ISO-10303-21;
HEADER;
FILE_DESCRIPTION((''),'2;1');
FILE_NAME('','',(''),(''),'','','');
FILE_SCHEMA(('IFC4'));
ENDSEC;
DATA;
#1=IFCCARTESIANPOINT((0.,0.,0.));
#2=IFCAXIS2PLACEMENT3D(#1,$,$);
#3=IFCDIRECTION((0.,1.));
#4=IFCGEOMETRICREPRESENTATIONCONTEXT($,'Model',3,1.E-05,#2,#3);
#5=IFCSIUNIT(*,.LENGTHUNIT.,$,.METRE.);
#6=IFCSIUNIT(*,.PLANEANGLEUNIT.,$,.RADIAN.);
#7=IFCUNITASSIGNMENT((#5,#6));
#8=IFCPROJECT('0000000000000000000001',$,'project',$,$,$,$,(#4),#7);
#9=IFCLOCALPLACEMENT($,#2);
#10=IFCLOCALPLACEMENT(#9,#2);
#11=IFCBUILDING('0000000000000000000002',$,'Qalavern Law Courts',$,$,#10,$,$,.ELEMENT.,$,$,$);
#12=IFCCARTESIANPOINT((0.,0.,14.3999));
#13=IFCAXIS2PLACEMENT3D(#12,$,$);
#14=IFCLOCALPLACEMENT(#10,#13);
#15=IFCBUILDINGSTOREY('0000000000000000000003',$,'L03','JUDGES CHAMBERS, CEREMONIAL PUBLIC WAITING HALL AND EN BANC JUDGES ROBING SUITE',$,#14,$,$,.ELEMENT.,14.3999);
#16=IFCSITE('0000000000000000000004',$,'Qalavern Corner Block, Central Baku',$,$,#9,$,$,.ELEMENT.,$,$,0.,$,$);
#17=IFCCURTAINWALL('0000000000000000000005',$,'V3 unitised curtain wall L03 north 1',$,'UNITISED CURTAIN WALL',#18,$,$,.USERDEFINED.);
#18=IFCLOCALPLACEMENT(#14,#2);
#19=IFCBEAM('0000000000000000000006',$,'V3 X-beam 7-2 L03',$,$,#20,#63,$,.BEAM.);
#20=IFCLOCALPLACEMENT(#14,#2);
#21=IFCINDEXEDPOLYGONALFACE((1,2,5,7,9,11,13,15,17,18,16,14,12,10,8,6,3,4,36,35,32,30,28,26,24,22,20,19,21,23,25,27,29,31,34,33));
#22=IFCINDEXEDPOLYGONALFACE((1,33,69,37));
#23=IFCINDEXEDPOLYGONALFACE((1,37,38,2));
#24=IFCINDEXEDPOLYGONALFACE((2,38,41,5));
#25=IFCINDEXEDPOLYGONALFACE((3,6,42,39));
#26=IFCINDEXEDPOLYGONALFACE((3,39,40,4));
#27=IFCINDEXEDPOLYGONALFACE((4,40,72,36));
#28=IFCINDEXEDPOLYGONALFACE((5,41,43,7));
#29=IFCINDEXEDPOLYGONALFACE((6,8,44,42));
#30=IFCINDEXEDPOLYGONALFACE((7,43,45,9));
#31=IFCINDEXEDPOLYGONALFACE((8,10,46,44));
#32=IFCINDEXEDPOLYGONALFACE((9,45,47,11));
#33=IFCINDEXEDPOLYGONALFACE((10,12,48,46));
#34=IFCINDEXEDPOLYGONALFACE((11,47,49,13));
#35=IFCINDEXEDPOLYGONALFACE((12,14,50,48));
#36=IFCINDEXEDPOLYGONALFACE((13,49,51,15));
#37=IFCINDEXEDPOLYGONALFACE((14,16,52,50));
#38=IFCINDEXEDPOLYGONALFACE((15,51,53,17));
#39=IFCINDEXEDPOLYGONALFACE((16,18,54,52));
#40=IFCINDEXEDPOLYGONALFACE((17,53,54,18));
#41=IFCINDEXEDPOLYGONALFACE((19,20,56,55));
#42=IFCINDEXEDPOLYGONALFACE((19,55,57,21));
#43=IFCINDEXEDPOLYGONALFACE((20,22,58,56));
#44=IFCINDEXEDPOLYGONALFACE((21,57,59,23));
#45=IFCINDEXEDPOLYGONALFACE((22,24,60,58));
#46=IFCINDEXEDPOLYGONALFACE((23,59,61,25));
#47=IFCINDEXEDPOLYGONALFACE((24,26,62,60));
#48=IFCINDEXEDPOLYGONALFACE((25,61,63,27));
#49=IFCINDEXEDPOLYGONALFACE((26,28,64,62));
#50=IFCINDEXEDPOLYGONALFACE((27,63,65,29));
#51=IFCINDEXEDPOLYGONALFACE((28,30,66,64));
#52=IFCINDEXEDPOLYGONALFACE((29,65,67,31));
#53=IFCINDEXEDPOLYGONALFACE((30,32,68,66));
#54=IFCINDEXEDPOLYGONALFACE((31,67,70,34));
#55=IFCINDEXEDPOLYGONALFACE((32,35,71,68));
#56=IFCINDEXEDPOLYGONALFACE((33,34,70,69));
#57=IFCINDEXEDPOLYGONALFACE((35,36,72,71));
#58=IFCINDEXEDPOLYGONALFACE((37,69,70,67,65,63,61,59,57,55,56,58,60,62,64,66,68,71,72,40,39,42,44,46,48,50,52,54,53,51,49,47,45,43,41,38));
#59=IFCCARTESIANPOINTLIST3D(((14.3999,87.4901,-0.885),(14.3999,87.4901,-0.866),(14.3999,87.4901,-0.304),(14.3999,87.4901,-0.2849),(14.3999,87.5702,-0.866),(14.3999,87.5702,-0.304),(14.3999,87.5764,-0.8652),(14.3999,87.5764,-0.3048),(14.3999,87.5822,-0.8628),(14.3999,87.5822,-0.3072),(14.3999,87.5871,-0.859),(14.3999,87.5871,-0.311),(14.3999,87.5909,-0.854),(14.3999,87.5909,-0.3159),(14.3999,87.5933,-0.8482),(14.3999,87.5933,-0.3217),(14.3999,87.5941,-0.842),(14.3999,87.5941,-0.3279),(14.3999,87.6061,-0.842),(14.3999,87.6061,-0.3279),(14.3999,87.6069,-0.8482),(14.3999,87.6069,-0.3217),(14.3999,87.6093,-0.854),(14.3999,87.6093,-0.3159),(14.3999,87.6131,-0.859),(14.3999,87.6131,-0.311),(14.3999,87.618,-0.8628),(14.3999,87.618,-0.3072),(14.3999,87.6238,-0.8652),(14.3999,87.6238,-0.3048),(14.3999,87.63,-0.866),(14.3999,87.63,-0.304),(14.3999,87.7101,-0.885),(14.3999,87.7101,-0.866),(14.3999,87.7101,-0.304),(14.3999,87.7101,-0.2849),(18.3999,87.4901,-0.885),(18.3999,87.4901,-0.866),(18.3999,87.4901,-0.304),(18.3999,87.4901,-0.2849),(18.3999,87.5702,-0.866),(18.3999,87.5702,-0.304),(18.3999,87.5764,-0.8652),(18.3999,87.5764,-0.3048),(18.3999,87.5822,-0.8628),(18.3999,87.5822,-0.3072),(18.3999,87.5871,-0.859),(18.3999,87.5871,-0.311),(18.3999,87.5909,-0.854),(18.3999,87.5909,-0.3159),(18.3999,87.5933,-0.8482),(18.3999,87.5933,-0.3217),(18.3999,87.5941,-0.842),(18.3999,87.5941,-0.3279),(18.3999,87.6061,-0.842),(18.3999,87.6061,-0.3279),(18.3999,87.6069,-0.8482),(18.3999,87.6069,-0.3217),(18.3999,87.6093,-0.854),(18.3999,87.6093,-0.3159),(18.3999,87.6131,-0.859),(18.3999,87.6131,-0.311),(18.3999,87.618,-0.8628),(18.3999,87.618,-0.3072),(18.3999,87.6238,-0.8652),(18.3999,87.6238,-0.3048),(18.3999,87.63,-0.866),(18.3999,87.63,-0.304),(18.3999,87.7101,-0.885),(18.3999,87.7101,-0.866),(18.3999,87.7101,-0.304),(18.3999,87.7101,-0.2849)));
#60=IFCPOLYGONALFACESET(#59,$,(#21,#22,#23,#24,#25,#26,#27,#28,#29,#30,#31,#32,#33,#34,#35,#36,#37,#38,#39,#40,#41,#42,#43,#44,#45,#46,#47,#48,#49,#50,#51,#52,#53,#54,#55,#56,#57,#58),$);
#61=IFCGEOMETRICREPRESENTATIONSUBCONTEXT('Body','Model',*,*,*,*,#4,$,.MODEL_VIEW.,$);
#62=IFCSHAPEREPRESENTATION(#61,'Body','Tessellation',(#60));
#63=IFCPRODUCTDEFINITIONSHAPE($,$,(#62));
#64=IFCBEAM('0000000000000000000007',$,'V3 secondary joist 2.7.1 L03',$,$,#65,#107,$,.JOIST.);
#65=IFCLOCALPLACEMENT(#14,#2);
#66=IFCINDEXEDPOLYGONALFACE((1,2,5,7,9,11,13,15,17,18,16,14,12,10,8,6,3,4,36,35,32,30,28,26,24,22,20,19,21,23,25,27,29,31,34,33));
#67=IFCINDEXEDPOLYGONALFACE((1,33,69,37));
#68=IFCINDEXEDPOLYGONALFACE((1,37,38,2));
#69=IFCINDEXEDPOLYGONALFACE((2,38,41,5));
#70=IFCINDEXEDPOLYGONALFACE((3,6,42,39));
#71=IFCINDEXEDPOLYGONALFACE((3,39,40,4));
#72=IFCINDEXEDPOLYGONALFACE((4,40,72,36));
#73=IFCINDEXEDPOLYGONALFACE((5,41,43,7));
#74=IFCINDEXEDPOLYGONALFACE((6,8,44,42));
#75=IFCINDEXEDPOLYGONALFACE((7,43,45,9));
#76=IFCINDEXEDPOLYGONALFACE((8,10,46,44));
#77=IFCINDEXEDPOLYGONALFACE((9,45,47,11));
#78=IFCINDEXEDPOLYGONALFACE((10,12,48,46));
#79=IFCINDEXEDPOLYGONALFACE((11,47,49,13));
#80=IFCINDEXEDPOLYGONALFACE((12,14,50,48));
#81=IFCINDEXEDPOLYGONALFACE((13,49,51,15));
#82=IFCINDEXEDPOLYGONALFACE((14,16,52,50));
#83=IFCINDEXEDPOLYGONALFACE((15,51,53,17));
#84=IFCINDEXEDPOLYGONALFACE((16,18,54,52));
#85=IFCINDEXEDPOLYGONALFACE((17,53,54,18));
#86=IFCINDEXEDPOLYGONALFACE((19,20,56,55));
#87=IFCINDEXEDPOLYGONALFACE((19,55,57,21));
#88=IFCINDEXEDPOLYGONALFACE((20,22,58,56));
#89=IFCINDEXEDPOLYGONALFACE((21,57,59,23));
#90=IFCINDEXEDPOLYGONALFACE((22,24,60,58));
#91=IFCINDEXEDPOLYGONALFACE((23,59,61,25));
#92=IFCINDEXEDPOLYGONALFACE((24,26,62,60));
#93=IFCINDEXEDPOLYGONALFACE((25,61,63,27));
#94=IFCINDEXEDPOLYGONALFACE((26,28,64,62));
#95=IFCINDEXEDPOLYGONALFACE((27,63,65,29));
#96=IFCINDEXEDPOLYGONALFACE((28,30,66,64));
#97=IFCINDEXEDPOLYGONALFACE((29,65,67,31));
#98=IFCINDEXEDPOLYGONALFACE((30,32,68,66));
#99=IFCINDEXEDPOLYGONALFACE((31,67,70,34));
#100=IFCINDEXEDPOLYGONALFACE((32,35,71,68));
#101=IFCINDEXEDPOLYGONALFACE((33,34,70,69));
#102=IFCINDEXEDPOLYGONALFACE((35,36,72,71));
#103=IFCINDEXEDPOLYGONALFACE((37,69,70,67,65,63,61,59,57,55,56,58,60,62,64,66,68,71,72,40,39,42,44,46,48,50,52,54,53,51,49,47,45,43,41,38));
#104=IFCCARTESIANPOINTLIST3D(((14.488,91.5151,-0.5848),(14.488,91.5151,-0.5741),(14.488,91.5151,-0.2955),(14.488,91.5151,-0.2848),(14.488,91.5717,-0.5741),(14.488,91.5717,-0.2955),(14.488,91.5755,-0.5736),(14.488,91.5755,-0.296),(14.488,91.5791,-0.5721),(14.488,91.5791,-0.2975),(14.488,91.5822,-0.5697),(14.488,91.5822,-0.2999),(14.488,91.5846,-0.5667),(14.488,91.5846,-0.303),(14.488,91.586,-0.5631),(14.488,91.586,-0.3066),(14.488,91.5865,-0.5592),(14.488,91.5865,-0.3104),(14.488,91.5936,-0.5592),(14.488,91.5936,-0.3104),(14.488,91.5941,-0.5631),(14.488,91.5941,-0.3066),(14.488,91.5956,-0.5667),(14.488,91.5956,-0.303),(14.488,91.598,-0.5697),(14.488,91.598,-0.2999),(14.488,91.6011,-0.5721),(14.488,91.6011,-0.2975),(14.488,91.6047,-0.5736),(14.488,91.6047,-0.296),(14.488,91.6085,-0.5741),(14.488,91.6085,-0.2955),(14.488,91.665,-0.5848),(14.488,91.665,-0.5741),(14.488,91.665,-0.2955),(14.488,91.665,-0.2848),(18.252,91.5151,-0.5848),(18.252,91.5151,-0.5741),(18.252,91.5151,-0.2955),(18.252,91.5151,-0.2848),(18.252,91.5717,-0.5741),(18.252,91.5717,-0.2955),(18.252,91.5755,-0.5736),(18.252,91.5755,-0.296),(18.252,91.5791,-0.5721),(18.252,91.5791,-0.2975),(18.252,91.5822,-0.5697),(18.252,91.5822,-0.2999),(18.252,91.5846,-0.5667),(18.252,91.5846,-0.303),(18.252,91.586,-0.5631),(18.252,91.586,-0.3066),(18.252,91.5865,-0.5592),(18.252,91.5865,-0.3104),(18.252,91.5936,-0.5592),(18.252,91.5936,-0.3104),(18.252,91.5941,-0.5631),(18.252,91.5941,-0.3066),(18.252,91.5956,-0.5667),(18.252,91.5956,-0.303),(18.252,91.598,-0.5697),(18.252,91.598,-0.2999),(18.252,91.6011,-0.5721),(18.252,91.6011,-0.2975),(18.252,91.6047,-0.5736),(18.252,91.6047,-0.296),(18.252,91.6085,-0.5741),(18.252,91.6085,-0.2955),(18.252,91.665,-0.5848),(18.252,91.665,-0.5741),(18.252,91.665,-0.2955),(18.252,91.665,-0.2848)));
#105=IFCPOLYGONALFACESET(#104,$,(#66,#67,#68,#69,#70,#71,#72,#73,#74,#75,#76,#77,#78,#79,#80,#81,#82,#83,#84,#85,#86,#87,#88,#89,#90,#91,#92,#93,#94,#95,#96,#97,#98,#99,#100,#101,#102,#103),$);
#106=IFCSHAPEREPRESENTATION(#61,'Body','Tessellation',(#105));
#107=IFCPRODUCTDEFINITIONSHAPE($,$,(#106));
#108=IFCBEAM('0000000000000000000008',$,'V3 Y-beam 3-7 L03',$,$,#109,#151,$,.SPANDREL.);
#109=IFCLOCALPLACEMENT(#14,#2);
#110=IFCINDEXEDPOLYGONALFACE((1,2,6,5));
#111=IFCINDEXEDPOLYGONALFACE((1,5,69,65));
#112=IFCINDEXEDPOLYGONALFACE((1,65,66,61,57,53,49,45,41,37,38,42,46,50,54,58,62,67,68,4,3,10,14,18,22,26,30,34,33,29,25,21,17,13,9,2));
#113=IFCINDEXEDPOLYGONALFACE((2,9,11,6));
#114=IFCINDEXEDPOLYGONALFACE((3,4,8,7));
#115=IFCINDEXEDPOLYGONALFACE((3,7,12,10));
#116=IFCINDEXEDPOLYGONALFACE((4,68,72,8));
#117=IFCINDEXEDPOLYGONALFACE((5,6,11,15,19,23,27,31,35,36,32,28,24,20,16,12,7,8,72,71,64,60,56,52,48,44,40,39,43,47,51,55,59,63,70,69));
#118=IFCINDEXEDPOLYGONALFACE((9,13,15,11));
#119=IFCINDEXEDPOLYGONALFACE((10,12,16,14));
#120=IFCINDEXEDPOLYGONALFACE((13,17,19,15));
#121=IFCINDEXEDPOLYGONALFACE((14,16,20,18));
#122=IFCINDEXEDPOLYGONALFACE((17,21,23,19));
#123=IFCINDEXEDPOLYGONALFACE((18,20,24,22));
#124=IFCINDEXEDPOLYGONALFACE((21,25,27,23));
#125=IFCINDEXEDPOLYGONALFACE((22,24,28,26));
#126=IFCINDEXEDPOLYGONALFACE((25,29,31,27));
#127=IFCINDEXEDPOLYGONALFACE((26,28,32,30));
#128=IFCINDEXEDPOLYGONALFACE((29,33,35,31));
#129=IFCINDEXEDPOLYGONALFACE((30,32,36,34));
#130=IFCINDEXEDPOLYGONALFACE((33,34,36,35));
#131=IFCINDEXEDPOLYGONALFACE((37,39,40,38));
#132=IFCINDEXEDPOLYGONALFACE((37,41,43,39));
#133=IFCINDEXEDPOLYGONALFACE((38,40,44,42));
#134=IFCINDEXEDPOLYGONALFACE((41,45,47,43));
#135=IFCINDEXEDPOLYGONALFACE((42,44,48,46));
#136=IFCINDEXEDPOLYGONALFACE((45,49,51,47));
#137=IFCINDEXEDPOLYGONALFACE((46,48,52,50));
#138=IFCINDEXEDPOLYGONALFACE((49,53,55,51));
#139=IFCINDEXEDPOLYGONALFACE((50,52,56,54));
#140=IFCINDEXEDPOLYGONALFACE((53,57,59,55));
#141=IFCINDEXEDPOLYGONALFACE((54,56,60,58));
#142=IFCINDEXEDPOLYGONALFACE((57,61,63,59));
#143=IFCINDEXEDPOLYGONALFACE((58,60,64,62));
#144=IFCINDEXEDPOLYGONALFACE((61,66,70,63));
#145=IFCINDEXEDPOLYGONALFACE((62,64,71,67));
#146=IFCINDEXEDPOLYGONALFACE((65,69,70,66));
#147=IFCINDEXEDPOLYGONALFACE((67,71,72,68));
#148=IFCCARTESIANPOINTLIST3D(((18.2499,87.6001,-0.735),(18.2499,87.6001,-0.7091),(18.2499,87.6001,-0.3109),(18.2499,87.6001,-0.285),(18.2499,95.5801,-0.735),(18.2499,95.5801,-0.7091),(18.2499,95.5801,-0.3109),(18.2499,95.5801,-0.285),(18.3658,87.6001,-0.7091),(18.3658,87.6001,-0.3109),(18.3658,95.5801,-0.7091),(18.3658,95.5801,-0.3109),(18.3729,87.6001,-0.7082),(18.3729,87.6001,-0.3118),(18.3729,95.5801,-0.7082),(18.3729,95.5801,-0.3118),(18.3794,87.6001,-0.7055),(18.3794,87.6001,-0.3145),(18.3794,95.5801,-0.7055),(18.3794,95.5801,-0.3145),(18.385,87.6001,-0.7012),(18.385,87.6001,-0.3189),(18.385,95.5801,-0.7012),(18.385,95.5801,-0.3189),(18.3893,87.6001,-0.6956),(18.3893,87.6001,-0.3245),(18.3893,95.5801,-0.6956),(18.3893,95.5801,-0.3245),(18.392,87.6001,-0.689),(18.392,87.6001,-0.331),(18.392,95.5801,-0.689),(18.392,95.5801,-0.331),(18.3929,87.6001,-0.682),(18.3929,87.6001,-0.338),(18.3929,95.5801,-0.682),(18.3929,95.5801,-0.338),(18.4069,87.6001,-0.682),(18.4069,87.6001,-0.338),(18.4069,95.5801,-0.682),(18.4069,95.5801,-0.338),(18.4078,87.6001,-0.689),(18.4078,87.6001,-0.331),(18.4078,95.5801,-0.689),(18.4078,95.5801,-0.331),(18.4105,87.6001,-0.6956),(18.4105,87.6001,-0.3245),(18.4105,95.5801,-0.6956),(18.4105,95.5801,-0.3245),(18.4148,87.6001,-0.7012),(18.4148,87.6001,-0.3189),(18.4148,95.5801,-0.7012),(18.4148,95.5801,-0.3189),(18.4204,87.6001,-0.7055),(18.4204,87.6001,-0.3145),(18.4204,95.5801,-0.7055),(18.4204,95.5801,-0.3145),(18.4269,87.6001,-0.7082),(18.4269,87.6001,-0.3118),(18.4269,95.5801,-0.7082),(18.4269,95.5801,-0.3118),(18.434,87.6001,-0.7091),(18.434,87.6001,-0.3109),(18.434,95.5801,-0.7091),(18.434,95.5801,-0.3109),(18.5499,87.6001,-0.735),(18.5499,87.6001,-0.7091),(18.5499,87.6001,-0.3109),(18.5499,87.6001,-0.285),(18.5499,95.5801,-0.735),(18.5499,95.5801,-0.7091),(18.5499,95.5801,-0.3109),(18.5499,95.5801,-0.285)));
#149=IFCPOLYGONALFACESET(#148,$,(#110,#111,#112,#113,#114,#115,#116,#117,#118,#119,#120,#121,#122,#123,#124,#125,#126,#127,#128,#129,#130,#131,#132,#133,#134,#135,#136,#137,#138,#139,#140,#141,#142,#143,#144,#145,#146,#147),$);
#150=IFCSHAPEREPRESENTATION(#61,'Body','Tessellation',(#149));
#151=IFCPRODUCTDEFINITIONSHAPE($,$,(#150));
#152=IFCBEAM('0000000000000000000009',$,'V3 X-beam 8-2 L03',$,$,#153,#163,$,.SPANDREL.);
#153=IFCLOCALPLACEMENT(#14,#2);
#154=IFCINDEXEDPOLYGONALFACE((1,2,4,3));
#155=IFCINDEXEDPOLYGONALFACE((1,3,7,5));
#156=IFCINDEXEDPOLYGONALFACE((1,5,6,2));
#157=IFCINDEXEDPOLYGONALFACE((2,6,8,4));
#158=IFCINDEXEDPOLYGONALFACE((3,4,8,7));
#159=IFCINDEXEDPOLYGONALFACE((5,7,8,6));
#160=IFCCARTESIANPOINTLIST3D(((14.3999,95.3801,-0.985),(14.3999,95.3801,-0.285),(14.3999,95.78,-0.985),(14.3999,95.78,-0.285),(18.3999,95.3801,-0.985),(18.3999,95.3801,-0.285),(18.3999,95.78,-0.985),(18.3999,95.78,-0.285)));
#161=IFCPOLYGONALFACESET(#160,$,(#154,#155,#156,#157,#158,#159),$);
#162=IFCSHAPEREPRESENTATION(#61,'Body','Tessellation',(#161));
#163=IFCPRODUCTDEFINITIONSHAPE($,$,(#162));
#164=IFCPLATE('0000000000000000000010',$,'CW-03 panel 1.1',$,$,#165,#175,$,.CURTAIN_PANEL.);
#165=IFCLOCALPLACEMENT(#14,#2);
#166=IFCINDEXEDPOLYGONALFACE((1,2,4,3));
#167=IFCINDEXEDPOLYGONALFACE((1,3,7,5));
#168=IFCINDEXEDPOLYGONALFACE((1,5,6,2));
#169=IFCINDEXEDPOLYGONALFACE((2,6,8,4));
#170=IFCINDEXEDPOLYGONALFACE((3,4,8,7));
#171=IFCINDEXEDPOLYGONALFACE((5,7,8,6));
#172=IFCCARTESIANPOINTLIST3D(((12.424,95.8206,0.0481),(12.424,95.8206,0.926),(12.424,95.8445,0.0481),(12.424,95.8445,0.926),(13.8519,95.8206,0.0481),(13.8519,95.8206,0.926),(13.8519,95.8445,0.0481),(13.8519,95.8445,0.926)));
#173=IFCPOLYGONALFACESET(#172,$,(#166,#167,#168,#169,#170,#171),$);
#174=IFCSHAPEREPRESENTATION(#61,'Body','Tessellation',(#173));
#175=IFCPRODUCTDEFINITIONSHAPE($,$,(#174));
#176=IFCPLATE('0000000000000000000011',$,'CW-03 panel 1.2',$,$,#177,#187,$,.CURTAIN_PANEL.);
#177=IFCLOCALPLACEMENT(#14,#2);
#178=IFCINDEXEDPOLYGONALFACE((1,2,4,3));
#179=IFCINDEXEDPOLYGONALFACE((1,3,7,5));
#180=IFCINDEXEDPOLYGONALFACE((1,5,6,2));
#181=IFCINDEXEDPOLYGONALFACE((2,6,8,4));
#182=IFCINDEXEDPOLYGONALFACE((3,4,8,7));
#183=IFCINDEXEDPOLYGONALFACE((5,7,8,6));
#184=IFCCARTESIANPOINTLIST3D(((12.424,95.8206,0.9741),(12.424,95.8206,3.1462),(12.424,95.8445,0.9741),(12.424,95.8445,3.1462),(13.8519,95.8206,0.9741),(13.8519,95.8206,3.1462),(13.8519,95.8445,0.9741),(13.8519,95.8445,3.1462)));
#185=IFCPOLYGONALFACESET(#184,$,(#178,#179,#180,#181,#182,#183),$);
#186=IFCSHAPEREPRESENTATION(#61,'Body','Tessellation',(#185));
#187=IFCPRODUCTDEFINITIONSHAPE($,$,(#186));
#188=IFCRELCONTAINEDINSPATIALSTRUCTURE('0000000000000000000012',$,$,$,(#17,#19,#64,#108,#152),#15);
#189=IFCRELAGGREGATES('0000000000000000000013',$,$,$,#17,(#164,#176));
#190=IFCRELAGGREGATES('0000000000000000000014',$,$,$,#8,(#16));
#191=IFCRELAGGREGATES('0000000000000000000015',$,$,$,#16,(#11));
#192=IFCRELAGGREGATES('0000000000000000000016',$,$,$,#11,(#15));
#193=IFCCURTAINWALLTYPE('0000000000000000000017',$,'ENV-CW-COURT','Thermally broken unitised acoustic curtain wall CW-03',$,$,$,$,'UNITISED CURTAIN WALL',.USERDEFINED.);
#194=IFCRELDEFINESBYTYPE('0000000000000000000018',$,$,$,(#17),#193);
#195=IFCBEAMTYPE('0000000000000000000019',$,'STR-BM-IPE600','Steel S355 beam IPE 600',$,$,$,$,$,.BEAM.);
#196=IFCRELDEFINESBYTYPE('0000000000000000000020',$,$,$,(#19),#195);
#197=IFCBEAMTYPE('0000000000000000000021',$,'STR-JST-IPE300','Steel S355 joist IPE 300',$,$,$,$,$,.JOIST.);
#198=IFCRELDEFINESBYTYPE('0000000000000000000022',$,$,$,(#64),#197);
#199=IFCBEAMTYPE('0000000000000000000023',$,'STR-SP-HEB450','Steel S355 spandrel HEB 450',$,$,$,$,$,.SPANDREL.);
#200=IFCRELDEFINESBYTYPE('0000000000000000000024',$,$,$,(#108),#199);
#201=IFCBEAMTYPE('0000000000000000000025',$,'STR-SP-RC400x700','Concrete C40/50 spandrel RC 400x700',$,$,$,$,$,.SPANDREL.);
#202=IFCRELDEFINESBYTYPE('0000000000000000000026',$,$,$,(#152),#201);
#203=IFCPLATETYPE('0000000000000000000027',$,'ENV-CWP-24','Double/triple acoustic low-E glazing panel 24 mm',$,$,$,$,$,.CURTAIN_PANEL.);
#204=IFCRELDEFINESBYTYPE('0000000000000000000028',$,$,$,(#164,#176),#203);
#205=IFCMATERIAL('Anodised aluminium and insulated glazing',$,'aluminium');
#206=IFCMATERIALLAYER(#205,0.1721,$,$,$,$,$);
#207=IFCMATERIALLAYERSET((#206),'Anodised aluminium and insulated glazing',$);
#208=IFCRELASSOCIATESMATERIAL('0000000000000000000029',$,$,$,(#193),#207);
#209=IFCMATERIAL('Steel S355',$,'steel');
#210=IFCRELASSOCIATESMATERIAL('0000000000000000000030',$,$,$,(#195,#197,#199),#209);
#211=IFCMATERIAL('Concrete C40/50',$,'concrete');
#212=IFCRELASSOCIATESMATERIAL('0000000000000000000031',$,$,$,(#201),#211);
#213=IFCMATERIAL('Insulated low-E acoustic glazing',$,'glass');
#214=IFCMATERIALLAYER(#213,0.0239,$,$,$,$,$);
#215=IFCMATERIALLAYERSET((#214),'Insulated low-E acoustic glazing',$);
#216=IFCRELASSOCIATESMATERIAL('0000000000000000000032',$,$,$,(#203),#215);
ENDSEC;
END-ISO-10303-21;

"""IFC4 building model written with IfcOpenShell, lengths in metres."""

from ifc_helpers import new_model, si_unit, direction, frame, origin, origin_2d, place, context, subcontext, project, spatial, rectangle, i_section, extrude, material, layer, layer_set, material_profile, profile_set, type_object, element, aggregate, save


model = new_model("IFC4")

# Units and contexts
model_context = context("Model", 3, precision=1e-05, world=origin(), true_north=direction((0.0, 1.0)))
body_context = subcontext(model_context, "Body", "Model", "MODEL_VIEW")
ifc_project = project(units=[si_unit("LENGTHUNIT", "METRE"), si_unit("PLANEANGLEUNIT", "RADIAN")], contexts=[model_context])

# Site, building, storey
site_placement = place(None, origin())
site = spatial("IfcSite", under=ifc_project, at=site_placement, Name="Qalavern Corner Block, Central Baku", CompositionType="ELEMENT", RefElevation=0.0)
building_placement = place(site_placement, origin())
building = spatial("IfcBuilding", under=site, at=building_placement, Name="Qalavern Law Courts", CompositionType="ELEMENT")
storey_placement = place(building_placement, frame((0.0, 0.0, 14.3999)))
storey = spatial("IfcBuildingStorey", under=building, at=storey_placement, Name="L03", Description="JUDGES CHAMBERS, CEREMONIAL PUBLIC WAITING HALL AND EN BANC JUDGES ROBING SUITE", CompositionType="ELEMENT", Elevation=14.3999)

# Shared definitions
ifc_material_1 = material(Name="Anodised aluminium and insulated glazing", Category="aluminium")
ifc_layer_1 = layer(ifc_material_1, 0.1721)
ifc_layer_set_1 = layer_set([ifc_layer_1], Name="Anodised aluminium and insulated glazing")
curtain_wall_type = type_object("IfcCurtainWallType", Name="ENV-CW-COURT", Description="Thermally broken unitised acoustic curtain wall CW-03", ElementType="UNITISED CURTAIN WALL", PredefinedType="USERDEFINED", material=ifc_layer_set_1)

# Curtain wall
curtain_wall_1_placement = place(storey_placement, origin())
curtain_wall_1 = element("IfcCurtainWall", 1, at=curtain_wall_1_placement, inside=storey, type_object=curtain_wall_type, Name="V3 unitised curtain wall L03 north 1", ObjectType="UNITISED CURTAIN WALL", PredefinedType="USERDEFINED")

# Beams
ifc_material_2 = material(Name="Steel S355", Category="steel")
ifc_material_profile_1 = material_profile(ifc_material_2, i_section(OverallWidth=0.22, OverallDepth=0.6001, WebThickness=0.012, FlangeThickness=0.019, FilletRadius=0.0239, at=origin_2d()), Name="IPE 600")
ifc_profile_set_1 = profile_set([ifc_material_profile_1], Name="Steel S355")
beam_type_1 = type_object("IfcBeamType", Name="STR-BM-IPE600", Description="Steel S355 beam IPE 600", PredefinedType="BEAM", material=ifc_profile_set_1)
beam_1_placement = place(storey_placement, frame((14.3999, 87.6001, -0.585), z_axis=(1.0, 0.0, 0.0), x_axis=(0.0, 1.0, 0.0)))
element("IfcBeam", 2, at=beam_1_placement, inside=storey, type_object=beam_type_1, Name="V3 X-beam 7-2 L03", PredefinedType="BEAM", context=body_context, shape_type="SweptSolid", body=[
    extrude(i_section(OverallWidth=0.22, OverallDepth=0.6001, WebThickness=0.012, FlangeThickness=0.019, FilletRadius=0.0239, at=origin_2d()), origin(), (0.0, 0.0, 1.0), 4.0),
])
ifc_material_profile_2 = material_profile(ifc_material_2, i_section(OverallWidth=0.1499, OverallDepth=0.3, WebThickness=0.0071, FlangeThickness=0.0107, FilletRadius=0.0149, at=origin_2d()), Name="IPE 300")
ifc_profile_set_2 = profile_set([ifc_material_profile_2], Name="Steel S355")
beam_type_2 = type_object("IfcBeamType", Name="STR-JST-IPE300", Description="Steel S355 joist IPE 300", PredefinedType="JOIST", material=ifc_profile_set_2)
beam_2_placement = place(storey_placement, frame((14.488, 91.5901, -0.4348), z_axis=(1.0, 0.0, 0.0), x_axis=(0.0, 1.0, 0.0)))
element("IfcBeam", 3, at=beam_2_placement, inside=storey, type_object=beam_type_2, Name="V3 secondary joist 2.7.1 L03", PredefinedType="JOIST", context=body_context, shape_type="SweptSolid", body=[
    extrude(i_section(OverallWidth=0.1499, OverallDepth=0.3, WebThickness=0.0071, FlangeThickness=0.0107, FilletRadius=0.0149, at=origin_2d()), origin(), (0.0, 0.0, 1.0), 3.7639),
])
ifc_material_profile_3 = material_profile(ifc_material_2, i_section(OverallWidth=0.3, OverallDepth=0.45, WebThickness=0.0139, FlangeThickness=0.0259, FilletRadius=0.0271, at=origin_2d()), Name="HEB 450")
ifc_profile_set_3 = profile_set([ifc_material_profile_3], Name="Steel S355")
beam_type_3 = type_object("IfcBeamType", Name="STR-SP-HEB450", Description="Steel S355 spandrel HEB 450", PredefinedType="SPANDREL", material=ifc_profile_set_3)
beam_3_placement = place(storey_placement, frame((18.3999, 87.6001, -0.51), z_axis=(0.0, 1.0, 0.0), x_axis=(-1.0, 0.0, 0.0)))
element("IfcBeam", 4, at=beam_3_placement, inside=storey, type_object=beam_type_3, Name="V3 Y-beam 3-7 L03", PredefinedType="SPANDREL", context=body_context, shape_type="SweptSolid", body=[
    extrude(i_section(OverallWidth=0.3, OverallDepth=0.45, WebThickness=0.0139, FlangeThickness=0.0259, FilletRadius=0.0271, at=origin_2d()), origin(), (0.0, 0.0, 1.0), 7.98),
])
ifc_material_3 = material(Name="Concrete C40/50", Category="concrete")
ifc_material_profile_4 = material_profile(ifc_material_3, rectangle(XDim=0.3999, YDim=0.7, at=origin_2d()), Name="RC 400x700")
ifc_profile_set_4 = profile_set([ifc_material_profile_4], Name="Concrete C40/50")
beam_type_4 = type_object("IfcBeamType", Name="STR-SP-RC400x700", Description="Concrete C40/50 spandrel RC 400x700", PredefinedType="SPANDREL", material=ifc_profile_set_4)
beam_4_placement = place(storey_placement, frame((14.3999, 95.5801, -0.635), z_axis=(1.0, 0.0, 0.0), x_axis=(0.0, 1.0, 0.0)))
element("IfcBeam", 5, at=beam_4_placement, inside=storey, type_object=beam_type_4, Name="V3 X-beam 8-2 L03", PredefinedType="SPANDREL", context=body_context, shape_type="SweptSolid", body=[
    extrude(rectangle(XDim=0.3999, YDim=0.7, at=origin_2d()), origin(), (0.0, 0.0, 1.0), 4.0),
])

# Plates
ifc_material_4 = material(Name="Insulated low-E acoustic glazing", Category="glass")
ifc_layer_2 = layer(ifc_material_4, 0.0239)
ifc_layer_set_2 = layer_set([ifc_layer_2], Name="Insulated low-E acoustic glazing")
plate_type = type_object("IfcPlateType", Name="ENV-CWP-24", Description="Double/triple acoustic low-E glazing panel 24 mm", PredefinedType="CURTAIN_PANEL", material=ifc_layer_set_2)
plate_1_placement = place(storey_placement, frame((13.1379, 95.8325, 0.0481), z_axis=(0.0, 0.0, 1.0), x_axis=(-1.0, 0.0, 0.0)))
plate_1 = element("IfcPlate", 6, at=plate_1_placement, type_object=plate_type, Name="CW-03 panel 1.1", PredefinedType="CURTAIN_PANEL", context=body_context, shape_type="SweptSolid", body=[
    extrude(rectangle(XDim=1.428, YDim=0.0239, at=origin_2d()), origin(), (0.0, 0.0, 1.0), 0.8779),
])
plate_2_placement = place(storey_placement, frame((13.1379, 95.8325, 0.9741), z_axis=(0.0, 0.0, 1.0), x_axis=(-1.0, 0.0, 0.0)))
plate_2 = element("IfcPlate", 7, at=plate_2_placement, type_object=plate_type, Name="CW-03 panel 1.2", PredefinedType="CURTAIN_PANEL", context=body_context, shape_type="SweptSolid", body=[
    extrude(rectangle(XDim=1.428, YDim=0.0239, at=origin_2d()), origin(), (0.0, 0.0, 1.0), 2.1721),
])
aggregate(curtain_wall_1, [plate_1, plate_2])

save(model, "model.ifc")
